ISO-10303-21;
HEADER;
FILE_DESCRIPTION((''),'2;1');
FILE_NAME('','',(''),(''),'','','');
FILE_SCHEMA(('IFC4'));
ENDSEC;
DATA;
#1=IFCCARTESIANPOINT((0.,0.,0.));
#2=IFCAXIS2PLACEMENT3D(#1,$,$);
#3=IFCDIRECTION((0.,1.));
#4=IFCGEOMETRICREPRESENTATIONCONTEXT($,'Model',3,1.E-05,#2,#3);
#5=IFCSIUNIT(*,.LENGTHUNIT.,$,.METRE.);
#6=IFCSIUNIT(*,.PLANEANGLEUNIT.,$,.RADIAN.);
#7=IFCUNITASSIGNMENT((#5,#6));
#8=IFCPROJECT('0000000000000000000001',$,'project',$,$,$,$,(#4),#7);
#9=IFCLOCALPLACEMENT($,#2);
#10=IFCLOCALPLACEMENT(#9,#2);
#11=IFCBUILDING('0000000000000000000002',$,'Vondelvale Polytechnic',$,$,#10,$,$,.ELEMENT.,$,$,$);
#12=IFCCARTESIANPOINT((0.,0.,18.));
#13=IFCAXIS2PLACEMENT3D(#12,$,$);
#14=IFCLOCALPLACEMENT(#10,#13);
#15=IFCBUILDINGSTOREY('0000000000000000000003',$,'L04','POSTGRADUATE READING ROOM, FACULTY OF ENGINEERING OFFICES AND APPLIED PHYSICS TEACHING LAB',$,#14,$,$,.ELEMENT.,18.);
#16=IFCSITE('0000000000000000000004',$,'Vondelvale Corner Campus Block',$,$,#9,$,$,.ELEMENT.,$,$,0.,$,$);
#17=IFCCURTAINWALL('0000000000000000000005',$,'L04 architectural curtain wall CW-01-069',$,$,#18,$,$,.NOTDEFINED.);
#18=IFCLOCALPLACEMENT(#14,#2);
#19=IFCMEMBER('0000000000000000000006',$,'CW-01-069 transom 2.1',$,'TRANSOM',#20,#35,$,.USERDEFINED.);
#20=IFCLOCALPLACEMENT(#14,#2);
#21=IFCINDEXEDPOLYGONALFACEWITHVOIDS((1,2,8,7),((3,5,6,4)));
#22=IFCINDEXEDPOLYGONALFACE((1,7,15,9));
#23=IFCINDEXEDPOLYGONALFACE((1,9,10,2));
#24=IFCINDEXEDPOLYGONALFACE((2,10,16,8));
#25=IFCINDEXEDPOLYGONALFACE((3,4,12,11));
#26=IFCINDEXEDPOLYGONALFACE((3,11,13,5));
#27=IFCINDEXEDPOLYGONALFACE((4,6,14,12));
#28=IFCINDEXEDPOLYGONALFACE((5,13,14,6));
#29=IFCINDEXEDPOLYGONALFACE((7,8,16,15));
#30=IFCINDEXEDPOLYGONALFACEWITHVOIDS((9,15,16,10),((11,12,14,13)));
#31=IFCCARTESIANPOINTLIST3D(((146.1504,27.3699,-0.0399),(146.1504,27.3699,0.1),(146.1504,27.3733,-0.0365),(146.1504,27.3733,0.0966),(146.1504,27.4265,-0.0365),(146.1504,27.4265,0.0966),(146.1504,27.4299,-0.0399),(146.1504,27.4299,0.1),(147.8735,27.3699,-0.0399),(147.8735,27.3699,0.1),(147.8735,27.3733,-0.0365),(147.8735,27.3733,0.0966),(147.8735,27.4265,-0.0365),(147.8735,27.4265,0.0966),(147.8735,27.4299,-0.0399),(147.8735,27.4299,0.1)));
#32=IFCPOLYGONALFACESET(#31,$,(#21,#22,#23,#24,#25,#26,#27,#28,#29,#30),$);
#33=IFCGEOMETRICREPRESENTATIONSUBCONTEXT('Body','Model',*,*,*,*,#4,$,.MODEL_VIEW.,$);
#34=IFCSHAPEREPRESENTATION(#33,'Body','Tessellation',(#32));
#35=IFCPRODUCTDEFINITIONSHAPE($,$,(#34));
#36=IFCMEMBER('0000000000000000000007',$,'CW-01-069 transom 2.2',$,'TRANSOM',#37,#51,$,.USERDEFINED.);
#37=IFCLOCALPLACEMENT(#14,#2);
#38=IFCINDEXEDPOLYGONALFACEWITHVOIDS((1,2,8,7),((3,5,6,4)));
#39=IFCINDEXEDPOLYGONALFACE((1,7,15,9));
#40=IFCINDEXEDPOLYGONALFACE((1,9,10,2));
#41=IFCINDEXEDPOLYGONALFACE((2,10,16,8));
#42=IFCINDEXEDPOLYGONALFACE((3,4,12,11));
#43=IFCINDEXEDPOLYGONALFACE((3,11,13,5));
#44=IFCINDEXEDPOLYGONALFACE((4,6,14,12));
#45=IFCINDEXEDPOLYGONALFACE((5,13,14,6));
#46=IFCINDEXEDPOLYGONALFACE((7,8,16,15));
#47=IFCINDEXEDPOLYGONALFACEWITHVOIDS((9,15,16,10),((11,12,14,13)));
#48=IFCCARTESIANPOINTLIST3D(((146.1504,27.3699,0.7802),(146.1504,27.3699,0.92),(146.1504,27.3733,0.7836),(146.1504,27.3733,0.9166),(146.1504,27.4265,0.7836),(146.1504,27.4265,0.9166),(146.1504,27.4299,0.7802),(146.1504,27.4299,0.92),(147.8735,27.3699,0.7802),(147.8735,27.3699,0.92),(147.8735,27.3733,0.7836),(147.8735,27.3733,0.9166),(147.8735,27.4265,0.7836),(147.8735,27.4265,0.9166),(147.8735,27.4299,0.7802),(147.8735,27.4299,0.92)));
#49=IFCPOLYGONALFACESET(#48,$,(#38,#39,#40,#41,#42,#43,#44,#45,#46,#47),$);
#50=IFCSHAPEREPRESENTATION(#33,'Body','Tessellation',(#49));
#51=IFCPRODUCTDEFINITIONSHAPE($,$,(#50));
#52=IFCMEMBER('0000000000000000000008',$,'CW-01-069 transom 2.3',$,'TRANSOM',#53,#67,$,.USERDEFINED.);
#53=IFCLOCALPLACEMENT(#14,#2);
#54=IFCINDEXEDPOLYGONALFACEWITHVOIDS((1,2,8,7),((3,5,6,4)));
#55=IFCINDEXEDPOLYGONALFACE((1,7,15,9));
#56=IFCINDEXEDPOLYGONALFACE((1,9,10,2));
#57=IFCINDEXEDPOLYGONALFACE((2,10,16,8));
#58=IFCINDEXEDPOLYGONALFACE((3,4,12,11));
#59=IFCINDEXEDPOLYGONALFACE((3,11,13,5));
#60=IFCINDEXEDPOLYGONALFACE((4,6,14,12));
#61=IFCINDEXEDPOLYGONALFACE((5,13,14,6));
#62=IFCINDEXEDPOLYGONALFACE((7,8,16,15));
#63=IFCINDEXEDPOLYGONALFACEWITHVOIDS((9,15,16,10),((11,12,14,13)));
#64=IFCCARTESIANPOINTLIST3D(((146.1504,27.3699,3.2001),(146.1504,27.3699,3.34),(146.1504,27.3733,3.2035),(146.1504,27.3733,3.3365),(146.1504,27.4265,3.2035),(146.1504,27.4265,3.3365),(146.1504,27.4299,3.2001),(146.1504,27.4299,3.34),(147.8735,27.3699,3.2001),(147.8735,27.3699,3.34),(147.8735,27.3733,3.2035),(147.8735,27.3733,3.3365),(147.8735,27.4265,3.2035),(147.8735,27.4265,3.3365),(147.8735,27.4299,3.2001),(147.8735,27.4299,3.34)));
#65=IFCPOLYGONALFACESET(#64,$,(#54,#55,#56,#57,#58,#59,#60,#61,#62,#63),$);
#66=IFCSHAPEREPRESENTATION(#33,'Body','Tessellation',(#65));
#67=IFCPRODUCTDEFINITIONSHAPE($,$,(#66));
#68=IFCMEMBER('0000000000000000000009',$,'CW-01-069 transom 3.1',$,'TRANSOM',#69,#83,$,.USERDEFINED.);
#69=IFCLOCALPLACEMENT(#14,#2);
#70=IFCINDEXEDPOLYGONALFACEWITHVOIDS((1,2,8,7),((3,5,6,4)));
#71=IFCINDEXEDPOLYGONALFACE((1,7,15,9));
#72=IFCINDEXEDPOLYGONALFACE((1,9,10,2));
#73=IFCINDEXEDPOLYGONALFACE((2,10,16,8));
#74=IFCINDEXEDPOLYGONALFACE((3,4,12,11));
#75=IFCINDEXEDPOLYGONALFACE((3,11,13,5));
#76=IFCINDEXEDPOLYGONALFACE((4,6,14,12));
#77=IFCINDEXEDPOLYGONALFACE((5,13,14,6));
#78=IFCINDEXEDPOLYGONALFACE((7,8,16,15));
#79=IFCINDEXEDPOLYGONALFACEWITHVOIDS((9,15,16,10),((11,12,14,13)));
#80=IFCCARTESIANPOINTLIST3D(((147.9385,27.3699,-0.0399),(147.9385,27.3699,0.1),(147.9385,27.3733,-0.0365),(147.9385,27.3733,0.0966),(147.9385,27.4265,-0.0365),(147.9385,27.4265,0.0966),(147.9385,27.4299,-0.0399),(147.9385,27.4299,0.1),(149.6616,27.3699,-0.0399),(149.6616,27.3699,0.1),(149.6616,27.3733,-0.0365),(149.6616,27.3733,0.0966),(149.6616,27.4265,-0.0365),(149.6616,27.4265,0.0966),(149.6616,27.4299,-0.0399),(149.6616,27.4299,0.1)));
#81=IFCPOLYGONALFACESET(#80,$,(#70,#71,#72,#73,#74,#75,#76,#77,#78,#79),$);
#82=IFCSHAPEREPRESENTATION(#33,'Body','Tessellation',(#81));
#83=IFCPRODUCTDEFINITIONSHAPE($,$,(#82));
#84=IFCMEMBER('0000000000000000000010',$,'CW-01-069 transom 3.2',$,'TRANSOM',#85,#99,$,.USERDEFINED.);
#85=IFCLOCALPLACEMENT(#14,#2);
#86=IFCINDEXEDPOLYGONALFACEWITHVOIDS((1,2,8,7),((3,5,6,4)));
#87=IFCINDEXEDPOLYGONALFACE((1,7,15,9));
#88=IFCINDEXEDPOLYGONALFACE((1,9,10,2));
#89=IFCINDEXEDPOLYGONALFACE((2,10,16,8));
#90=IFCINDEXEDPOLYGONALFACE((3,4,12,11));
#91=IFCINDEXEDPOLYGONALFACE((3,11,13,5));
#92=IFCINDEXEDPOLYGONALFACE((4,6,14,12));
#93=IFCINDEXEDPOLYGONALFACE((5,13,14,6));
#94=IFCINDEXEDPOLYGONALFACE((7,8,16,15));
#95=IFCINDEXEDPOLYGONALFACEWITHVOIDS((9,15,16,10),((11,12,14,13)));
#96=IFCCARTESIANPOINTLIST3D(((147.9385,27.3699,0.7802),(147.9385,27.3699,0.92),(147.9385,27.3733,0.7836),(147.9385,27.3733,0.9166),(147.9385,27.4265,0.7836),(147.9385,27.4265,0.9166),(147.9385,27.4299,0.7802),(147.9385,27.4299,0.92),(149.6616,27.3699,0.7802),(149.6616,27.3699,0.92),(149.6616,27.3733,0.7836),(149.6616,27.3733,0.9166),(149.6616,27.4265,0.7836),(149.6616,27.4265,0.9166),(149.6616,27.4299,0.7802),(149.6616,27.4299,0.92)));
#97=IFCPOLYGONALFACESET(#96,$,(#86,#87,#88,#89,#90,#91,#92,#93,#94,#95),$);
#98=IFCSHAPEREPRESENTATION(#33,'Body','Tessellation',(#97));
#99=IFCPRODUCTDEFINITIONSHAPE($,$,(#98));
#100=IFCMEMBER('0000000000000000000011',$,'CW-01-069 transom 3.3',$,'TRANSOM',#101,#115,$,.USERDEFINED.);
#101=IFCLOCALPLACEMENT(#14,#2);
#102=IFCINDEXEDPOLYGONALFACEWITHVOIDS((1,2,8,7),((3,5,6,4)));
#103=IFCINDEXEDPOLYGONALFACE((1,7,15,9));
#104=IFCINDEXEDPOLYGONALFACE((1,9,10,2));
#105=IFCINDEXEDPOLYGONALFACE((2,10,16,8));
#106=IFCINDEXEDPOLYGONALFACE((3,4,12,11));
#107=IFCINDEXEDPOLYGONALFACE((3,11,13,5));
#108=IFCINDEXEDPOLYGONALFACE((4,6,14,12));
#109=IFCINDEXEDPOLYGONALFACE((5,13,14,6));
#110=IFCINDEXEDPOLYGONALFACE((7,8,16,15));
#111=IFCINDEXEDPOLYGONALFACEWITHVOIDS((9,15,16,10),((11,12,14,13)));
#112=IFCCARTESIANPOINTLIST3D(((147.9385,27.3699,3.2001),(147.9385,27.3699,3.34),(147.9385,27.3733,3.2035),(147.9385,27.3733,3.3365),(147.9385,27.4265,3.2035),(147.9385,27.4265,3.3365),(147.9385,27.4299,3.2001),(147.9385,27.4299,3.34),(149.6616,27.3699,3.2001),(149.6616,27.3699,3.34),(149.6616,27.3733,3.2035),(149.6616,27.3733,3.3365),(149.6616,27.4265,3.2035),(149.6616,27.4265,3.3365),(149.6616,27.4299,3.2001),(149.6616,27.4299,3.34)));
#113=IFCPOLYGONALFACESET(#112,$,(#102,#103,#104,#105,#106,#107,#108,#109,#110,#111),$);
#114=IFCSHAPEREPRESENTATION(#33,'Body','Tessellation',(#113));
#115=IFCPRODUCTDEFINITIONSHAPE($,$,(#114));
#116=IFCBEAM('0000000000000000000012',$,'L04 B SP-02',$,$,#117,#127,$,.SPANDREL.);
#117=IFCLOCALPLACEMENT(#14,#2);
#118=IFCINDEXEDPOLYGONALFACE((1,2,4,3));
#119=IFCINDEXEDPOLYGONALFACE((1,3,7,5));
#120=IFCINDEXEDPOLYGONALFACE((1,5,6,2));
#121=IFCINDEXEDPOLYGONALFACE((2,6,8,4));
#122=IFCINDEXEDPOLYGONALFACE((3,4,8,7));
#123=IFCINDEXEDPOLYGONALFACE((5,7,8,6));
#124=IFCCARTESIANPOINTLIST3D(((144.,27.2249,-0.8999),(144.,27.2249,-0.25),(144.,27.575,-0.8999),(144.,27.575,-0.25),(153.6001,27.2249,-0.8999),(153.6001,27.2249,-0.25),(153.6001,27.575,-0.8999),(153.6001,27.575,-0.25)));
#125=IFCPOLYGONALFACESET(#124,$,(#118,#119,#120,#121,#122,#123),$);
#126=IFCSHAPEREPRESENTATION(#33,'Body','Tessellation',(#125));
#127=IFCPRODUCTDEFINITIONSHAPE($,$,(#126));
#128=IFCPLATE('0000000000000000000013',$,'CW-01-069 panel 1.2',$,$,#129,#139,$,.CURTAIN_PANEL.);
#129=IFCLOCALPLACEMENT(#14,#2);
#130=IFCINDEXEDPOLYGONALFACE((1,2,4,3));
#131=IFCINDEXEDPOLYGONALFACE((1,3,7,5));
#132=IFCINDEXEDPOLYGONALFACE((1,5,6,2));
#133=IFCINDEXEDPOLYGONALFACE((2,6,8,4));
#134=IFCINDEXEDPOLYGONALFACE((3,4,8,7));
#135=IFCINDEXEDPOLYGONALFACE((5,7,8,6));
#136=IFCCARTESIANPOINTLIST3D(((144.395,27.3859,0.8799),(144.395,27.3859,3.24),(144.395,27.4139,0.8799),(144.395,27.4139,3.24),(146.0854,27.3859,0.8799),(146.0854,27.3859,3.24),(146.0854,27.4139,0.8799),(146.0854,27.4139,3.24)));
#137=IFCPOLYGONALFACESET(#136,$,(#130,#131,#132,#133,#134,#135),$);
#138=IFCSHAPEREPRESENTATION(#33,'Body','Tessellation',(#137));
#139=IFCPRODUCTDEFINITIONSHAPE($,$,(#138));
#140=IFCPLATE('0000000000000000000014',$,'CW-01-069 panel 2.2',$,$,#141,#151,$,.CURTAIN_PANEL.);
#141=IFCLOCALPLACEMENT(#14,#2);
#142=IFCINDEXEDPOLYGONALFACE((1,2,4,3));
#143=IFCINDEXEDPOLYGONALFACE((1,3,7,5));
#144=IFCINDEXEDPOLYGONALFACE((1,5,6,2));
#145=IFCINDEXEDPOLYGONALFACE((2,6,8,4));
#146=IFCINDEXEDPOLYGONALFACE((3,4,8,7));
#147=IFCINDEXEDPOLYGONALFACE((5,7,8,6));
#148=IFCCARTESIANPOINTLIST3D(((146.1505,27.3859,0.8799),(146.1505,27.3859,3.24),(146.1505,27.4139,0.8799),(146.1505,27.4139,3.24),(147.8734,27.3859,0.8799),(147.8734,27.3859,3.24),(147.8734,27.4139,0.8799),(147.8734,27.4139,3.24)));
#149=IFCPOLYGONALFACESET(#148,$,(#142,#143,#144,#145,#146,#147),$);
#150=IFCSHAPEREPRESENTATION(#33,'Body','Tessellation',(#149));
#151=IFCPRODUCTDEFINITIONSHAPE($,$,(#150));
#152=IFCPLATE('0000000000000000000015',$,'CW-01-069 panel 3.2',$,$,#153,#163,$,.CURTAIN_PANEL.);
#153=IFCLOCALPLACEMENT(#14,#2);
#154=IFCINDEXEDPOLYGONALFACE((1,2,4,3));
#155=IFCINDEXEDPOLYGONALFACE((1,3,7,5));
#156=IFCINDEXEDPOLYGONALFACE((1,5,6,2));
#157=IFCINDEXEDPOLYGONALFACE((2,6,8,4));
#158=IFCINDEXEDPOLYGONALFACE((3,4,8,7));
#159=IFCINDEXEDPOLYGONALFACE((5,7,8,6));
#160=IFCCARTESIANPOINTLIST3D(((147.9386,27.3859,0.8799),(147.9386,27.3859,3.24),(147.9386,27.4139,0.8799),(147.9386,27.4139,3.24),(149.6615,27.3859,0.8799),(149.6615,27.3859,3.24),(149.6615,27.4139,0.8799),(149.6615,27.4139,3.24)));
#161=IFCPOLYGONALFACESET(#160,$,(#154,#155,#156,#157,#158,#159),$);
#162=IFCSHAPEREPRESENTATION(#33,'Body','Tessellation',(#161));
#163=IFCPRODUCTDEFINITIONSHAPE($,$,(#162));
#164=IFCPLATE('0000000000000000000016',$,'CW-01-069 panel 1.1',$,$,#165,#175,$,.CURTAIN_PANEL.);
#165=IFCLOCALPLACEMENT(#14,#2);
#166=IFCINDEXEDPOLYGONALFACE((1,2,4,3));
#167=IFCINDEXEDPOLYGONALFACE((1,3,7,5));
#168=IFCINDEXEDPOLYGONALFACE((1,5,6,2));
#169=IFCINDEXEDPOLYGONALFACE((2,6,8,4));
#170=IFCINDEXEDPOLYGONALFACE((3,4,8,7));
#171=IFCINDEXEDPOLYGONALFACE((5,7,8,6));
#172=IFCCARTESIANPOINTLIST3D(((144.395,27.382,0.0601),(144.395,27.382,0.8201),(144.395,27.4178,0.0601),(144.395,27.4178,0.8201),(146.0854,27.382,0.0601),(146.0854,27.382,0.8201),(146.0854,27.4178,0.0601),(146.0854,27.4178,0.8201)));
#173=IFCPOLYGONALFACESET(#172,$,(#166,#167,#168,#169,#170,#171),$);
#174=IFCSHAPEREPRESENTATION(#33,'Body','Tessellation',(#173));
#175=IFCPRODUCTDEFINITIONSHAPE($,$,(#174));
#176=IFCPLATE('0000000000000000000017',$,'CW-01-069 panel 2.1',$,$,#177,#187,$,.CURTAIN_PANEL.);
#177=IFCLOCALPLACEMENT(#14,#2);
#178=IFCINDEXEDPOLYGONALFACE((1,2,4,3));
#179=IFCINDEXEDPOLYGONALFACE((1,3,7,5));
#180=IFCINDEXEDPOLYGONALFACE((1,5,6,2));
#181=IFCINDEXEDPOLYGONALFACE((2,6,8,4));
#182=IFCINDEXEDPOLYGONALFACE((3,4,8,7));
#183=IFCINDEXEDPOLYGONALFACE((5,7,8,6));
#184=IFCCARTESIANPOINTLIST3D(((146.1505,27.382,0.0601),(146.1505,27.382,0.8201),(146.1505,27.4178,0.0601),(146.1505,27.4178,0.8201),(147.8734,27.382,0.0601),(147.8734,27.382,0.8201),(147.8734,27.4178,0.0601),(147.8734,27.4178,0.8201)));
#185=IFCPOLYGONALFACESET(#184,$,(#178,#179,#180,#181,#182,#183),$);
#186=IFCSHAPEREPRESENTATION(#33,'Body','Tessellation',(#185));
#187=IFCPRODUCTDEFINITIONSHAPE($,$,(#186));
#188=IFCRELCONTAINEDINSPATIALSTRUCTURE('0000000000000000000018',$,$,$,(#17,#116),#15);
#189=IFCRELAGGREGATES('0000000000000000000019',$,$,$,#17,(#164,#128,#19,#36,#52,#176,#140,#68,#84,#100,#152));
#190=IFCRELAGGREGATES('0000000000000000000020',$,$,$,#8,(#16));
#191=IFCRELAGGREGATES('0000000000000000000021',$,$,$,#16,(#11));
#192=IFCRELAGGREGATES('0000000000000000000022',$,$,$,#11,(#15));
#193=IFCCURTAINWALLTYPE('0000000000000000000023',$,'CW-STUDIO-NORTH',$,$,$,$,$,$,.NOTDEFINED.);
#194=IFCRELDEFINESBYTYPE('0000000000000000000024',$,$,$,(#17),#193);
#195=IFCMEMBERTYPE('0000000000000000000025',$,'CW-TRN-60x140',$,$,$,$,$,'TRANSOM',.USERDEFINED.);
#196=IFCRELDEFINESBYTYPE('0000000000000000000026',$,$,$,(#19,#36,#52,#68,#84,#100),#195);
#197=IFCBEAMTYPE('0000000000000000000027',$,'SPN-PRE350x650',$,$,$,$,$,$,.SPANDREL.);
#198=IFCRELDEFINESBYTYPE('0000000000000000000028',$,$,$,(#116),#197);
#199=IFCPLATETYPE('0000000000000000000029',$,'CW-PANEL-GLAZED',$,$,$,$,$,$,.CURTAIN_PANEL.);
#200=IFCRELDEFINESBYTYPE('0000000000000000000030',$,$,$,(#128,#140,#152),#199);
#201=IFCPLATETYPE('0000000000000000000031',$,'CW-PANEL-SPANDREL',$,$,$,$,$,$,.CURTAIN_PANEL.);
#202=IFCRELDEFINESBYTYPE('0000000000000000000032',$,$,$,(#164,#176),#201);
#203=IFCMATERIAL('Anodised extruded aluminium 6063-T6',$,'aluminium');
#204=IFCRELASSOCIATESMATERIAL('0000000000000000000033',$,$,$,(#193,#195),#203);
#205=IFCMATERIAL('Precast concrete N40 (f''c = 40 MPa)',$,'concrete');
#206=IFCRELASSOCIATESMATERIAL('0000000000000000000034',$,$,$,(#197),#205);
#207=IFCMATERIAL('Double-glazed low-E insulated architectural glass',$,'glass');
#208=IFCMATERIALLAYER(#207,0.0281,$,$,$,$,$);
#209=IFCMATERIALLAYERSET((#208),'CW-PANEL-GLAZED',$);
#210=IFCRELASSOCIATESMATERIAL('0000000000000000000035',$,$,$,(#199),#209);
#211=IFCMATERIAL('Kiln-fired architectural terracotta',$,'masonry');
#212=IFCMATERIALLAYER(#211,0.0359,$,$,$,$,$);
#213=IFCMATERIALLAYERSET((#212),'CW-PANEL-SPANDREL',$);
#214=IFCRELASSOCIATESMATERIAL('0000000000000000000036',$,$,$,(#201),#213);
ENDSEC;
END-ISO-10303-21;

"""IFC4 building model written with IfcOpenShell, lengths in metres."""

from ifc_helpers import new_model, si_unit, direction, frame, origin, origin_2d, place, context, subcontext, project, spatial, rectangle, hollow_rectangle, extrude, material, layer, layer_set, material_profile, profile_set, type_object, element, aggregate, save


model = new_model("IFC4")

# Units and contexts
model_context = context("Model", 3, precision=1e-05, world=origin(), true_north=direction((0.0, 1.0)))
body_context = subcontext(model_context, "Body", "Model", "MODEL_VIEW")
ifc_project = project(units=[si_unit("LENGTHUNIT", "METRE"), si_unit("PLANEANGLEUNIT", "RADIAN")], contexts=[model_context])

# Site, building, storey
site_placement = place(None, origin())
site = spatial("IfcSite", under=ifc_project, at=site_placement, Name="Vondelvale Corner Campus Block", CompositionType="ELEMENT", RefElevation=0.0)
building_placement = place(site_placement, origin())
building = spatial("IfcBuilding", under=site, at=building_placement, Name="Vondelvale Polytechnic", CompositionType="ELEMENT")
storey_placement = place(building_placement, frame((0.0, 0.0, 18.0)))
storey = spatial("IfcBuildingStorey", under=building, at=storey_placement, Name="L04", Description="POSTGRADUATE READING ROOM, FACULTY OF ENGINEERING OFFICES AND APPLIED PHYSICS TEACHING LAB", CompositionType="ELEMENT", Elevation=18.0)

# Curtain wall, members
ifc_material_1 = material(Name="Anodised extruded aluminium 6063-T6", Category="aluminium")
curtain_wall_type = type_object("IfcCurtainWallType", Name="CW-STUDIO-NORTH", PredefinedType="NOTDEFINED", material=ifc_material_1)
curtain_wall_placement = place(storey_placement, origin())
curtain_wall = element("IfcCurtainWall", 1, at=curtain_wall_placement, inside=storey, type_object=curtain_wall_type, Name="L04 architectural curtain wall CW-01-069", PredefinedType="NOTDEFINED")
ifc_material_profile_1 = material_profile(ifc_material_1, hollow_rectangle(XDim=0.0601, YDim=0.1399, WallThickness=0.0034, at=origin_2d()), Name="CW-TRN-140x60")
ifc_profile_set_1 = profile_set([ifc_material_profile_1], Name="Anodised extruded aluminium 6063-T6")
member_type_1 = type_object("IfcMemberType", Name="CW-TRN-60x140", ElementType="TRANSOM", PredefinedType="USERDEFINED", material=ifc_profile_set_1)
member_1_placement = place(storey_placement, frame((146.1504, 27.3999, 0.03), z_axis=(1.0, 0.0, 0.0), x_axis=(0.0, 1.0, 0.0)))
member_1 = element("IfcMember", 2, at=member_1_placement, type_object=member_type_1, Name="CW-01-069 transom 2.1", ObjectType="TRANSOM", PredefinedType="USERDEFINED", context=body_context, shape_type="SweptSolid", body=[
    extrude(hollow_rectangle(XDim=0.0601, YDim=0.1399, WallThickness=0.0034, at=origin_2d()), origin(), (0.0, 0.0, 1.0), 1.7231),
])
member_2_placement = place(storey_placement, frame((146.1504, 27.3999, 0.8501), z_axis=(1.0, 0.0, 0.0), x_axis=(0.0, 1.0, 0.0)))
member_2 = element("IfcMember", 3, at=member_2_placement, type_object=member_type_1, Name="CW-01-069 transom 2.2", ObjectType="TRANSOM", PredefinedType="USERDEFINED", context=body_context, shape_type="SweptSolid", body=[
    extrude(hollow_rectangle(XDim=0.0601, YDim=0.1399, WallThickness=0.0034, at=origin_2d()), origin(), (0.0, 0.0, 1.0), 1.7231),
])
member_3_placement = place(storey_placement, frame((146.1504, 27.3999, 3.27), z_axis=(1.0, 0.0, 0.0), x_axis=(0.0, 1.0, 0.0)))
member_3 = element("IfcMember", 4, at=member_3_placement, type_object=member_type_1, Name="CW-01-069 transom 2.3", ObjectType="TRANSOM", PredefinedType="USERDEFINED", context=body_context, shape_type="SweptSolid", body=[
    extrude(hollow_rectangle(XDim=0.0601, YDim=0.1399, WallThickness=0.0034, at=origin_2d()), origin(), (0.0, 0.0, 1.0), 1.7231),
])
member_4_placement = place(storey_placement, frame((147.9385, 27.3999, 0.03), z_axis=(1.0, 0.0, 0.0), x_axis=(0.0, 1.0, 0.0)))
member_4 = element("IfcMember", 5, at=member_4_placement, type_object=member_type_1, Name="CW-01-069 transom 3.1", ObjectType="TRANSOM", PredefinedType="USERDEFINED", context=body_context, shape_type="SweptSolid", body=[
    extrude(hollow_rectangle(XDim=0.0601, YDim=0.1399, WallThickness=0.0034, at=origin_2d()), origin(), (0.0, 0.0, 1.0), 1.7231),
])
member_5_placement = place(storey_placement, frame((147.9385, 27.3999, 0.8501), z_axis=(1.0, 0.0, 0.0), x_axis=(0.0, 1.0, 0.0)))
member_5 = element("IfcMember", 6, at=member_5_placement, type_object=member_type_1, Name="CW-01-069 transom 3.2", ObjectType="TRANSOM", PredefinedType="USERDEFINED", context=body_context, shape_type="SweptSolid", body=[
    extrude(hollow_rectangle(XDim=0.0601, YDim=0.1399, WallThickness=0.0034, at=origin_2d()), origin(), (0.0, 0.0, 1.0), 1.7231),
])
member_6_placement = place(storey_placement, frame((147.9385, 27.3999, 3.27), z_axis=(1.0, 0.0, 0.0), x_axis=(0.0, 1.0, 0.0)))
member_6 = element("IfcMember", 7, at=member_6_placement, type_object=member_type_1, Name="CW-01-069 transom 3.3", ObjectType="TRANSOM", PredefinedType="USERDEFINED", context=body_context, shape_type="SweptSolid", body=[
    extrude(hollow_rectangle(XDim=0.0601, YDim=0.1399, WallThickness=0.0034, at=origin_2d()), origin(), (0.0, 0.0, 1.0), 1.7231),
])

# Beam
ifc_material_2 = material(Name="Precast concrete N40 (f'c = 40 MPa)", Category="concrete")
ifc_material_profile_2 = material_profile(ifc_material_2, rectangle(XDim=0.3501, YDim=0.6499, at=origin_2d()), Name="RC-SPN-350x650")
ifc_profile_set_2 = profile_set([ifc_material_profile_2], Name="Precast concrete N40 (f'c = 40 MPa)")
beam_type_1 = type_object("IfcBeamType", Name="SPN-PRE350x650", PredefinedType="SPANDREL", material=ifc_profile_set_2)
beam_1_placement = place(storey_placement, frame((144.0, 27.3999, -0.575), z_axis=(1.0, 0.0, 0.0), x_axis=(0.0, 1.0, 0.0)))
element("IfcBeam", 8, at=beam_1_placement, inside=storey, type_object=beam_type_1, Name="L04 B SP-02", PredefinedType="SPANDREL", context=body_context, shape_type="SweptSolid", body=[
    extrude(rectangle(XDim=0.3501, YDim=0.6499, at=origin_2d()), origin(), (0.0, 0.0, 1.0), 9.6001),
])

# Plates
ifc_material_3 = material(Name="Double-glazed low-E insulated architectural glass", Category="glass")
ifc_layer_1 = layer(ifc_material_3, 0.0281)
ifc_layer_set_1 = layer_set([ifc_layer_1], Name="CW-PANEL-GLAZED")
plate_type_1 = type_object("IfcPlateType", Name="CW-PANEL-GLAZED", PredefinedType="CURTAIN_PANEL", material=ifc_layer_set_1)
plate_1_placement = place(storey_placement, frame((145.2402, 27.3999, 0.8799), z_axis=(0.0, 0.0, 1.0), x_axis=(1.0, 0.0, 0.0)))
plate_1 = element("IfcPlate", 9, at=plate_1_placement, type_object=plate_type_1, Name="CW-01-069 panel 1.2", PredefinedType="CURTAIN_PANEL", context=body_context, shape_type="SweptSolid", body=[
    extrude(rectangle(XDim=1.6904, YDim=0.0281, at=origin_2d()), origin(), (0.0, 0.0, 1.0), 2.3601),
])
plate_2_placement = place(storey_placement, frame((147.012, 27.3999, 0.8799), z_axis=(0.0, 0.0, 1.0), x_axis=(1.0, 0.0, 0.0)))
plate_2 = element("IfcPlate", 10, at=plate_2_placement, type_object=plate_type_1, Name="CW-01-069 panel 2.2", PredefinedType="CURTAIN_PANEL", context=body_context, shape_type="SweptSolid", body=[
    extrude(rectangle(XDim=1.7229, YDim=0.0281, at=origin_2d()), origin(), (0.0, 0.0, 1.0), 2.3601),
])
plate_3_placement = place(storey_placement, frame((148.8, 27.3999, 0.8799), z_axis=(0.0, 0.0, 1.0), x_axis=(1.0, 0.0, 0.0)))
plate_3 = element("IfcPlate", 11, at=plate_3_placement, type_object=plate_type_1, Name="CW-01-069 panel 3.2", PredefinedType="CURTAIN_PANEL", context=body_context, shape_type="SweptSolid", body=[
    extrude(rectangle(XDim=1.7229, YDim=0.0281, at=origin_2d()), origin(), (0.0, 0.0, 1.0), 2.3601),
])
ifc_material_4 = material(Name="Kiln-fired architectural terracotta", Category="masonry")
ifc_layer_2 = layer(ifc_material_4, 0.0359)
ifc_layer_set_2 = layer_set([ifc_layer_2], Name="CW-PANEL-SPANDREL")
plate_type_2 = type_object("IfcPlateType", Name="CW-PANEL-SPANDREL", PredefinedType="CURTAIN_PANEL", material=ifc_layer_set_2)
plate_4_placement = place(storey_placement, frame((145.2402, 27.3999, 0.0601), z_axis=(0.0, 0.0, 1.0), x_axis=(1.0, 0.0, 0.0)))
plate_4 = element("IfcPlate", 12, at=plate_4_placement, type_object=plate_type_2, Name="CW-01-069 panel 1.1", PredefinedType="CURTAIN_PANEL", context=body_context, shape_type="SweptSolid", body=[
    extrude(rectangle(XDim=1.6904, YDim=0.0359, at=origin_2d()), origin(), (0.0, 0.0, 1.0), 0.76),
])
plate_5_placement = place(storey_placement, frame((147.012, 27.3999, 0.0601), z_axis=(0.0, 0.0, 1.0), x_axis=(1.0, 0.0, 0.0)))
plate_5 = element("IfcPlate", 13, at=plate_5_placement, type_object=plate_type_2, Name="CW-01-069 panel 2.1", PredefinedType="CURTAIN_PANEL", context=body_context, shape_type="SweptSolid", body=[
    extrude(rectangle(XDim=1.7229, YDim=0.0359, at=origin_2d()), origin(), (0.0, 0.0, 1.0), 0.76),
])
aggregate(curtain_wall, [plate_4, plate_1, member_1, member_2, member_3, plate_5, plate_2, member_4, member_5, member_6, plate_3])

save(model, "model.ifc")
